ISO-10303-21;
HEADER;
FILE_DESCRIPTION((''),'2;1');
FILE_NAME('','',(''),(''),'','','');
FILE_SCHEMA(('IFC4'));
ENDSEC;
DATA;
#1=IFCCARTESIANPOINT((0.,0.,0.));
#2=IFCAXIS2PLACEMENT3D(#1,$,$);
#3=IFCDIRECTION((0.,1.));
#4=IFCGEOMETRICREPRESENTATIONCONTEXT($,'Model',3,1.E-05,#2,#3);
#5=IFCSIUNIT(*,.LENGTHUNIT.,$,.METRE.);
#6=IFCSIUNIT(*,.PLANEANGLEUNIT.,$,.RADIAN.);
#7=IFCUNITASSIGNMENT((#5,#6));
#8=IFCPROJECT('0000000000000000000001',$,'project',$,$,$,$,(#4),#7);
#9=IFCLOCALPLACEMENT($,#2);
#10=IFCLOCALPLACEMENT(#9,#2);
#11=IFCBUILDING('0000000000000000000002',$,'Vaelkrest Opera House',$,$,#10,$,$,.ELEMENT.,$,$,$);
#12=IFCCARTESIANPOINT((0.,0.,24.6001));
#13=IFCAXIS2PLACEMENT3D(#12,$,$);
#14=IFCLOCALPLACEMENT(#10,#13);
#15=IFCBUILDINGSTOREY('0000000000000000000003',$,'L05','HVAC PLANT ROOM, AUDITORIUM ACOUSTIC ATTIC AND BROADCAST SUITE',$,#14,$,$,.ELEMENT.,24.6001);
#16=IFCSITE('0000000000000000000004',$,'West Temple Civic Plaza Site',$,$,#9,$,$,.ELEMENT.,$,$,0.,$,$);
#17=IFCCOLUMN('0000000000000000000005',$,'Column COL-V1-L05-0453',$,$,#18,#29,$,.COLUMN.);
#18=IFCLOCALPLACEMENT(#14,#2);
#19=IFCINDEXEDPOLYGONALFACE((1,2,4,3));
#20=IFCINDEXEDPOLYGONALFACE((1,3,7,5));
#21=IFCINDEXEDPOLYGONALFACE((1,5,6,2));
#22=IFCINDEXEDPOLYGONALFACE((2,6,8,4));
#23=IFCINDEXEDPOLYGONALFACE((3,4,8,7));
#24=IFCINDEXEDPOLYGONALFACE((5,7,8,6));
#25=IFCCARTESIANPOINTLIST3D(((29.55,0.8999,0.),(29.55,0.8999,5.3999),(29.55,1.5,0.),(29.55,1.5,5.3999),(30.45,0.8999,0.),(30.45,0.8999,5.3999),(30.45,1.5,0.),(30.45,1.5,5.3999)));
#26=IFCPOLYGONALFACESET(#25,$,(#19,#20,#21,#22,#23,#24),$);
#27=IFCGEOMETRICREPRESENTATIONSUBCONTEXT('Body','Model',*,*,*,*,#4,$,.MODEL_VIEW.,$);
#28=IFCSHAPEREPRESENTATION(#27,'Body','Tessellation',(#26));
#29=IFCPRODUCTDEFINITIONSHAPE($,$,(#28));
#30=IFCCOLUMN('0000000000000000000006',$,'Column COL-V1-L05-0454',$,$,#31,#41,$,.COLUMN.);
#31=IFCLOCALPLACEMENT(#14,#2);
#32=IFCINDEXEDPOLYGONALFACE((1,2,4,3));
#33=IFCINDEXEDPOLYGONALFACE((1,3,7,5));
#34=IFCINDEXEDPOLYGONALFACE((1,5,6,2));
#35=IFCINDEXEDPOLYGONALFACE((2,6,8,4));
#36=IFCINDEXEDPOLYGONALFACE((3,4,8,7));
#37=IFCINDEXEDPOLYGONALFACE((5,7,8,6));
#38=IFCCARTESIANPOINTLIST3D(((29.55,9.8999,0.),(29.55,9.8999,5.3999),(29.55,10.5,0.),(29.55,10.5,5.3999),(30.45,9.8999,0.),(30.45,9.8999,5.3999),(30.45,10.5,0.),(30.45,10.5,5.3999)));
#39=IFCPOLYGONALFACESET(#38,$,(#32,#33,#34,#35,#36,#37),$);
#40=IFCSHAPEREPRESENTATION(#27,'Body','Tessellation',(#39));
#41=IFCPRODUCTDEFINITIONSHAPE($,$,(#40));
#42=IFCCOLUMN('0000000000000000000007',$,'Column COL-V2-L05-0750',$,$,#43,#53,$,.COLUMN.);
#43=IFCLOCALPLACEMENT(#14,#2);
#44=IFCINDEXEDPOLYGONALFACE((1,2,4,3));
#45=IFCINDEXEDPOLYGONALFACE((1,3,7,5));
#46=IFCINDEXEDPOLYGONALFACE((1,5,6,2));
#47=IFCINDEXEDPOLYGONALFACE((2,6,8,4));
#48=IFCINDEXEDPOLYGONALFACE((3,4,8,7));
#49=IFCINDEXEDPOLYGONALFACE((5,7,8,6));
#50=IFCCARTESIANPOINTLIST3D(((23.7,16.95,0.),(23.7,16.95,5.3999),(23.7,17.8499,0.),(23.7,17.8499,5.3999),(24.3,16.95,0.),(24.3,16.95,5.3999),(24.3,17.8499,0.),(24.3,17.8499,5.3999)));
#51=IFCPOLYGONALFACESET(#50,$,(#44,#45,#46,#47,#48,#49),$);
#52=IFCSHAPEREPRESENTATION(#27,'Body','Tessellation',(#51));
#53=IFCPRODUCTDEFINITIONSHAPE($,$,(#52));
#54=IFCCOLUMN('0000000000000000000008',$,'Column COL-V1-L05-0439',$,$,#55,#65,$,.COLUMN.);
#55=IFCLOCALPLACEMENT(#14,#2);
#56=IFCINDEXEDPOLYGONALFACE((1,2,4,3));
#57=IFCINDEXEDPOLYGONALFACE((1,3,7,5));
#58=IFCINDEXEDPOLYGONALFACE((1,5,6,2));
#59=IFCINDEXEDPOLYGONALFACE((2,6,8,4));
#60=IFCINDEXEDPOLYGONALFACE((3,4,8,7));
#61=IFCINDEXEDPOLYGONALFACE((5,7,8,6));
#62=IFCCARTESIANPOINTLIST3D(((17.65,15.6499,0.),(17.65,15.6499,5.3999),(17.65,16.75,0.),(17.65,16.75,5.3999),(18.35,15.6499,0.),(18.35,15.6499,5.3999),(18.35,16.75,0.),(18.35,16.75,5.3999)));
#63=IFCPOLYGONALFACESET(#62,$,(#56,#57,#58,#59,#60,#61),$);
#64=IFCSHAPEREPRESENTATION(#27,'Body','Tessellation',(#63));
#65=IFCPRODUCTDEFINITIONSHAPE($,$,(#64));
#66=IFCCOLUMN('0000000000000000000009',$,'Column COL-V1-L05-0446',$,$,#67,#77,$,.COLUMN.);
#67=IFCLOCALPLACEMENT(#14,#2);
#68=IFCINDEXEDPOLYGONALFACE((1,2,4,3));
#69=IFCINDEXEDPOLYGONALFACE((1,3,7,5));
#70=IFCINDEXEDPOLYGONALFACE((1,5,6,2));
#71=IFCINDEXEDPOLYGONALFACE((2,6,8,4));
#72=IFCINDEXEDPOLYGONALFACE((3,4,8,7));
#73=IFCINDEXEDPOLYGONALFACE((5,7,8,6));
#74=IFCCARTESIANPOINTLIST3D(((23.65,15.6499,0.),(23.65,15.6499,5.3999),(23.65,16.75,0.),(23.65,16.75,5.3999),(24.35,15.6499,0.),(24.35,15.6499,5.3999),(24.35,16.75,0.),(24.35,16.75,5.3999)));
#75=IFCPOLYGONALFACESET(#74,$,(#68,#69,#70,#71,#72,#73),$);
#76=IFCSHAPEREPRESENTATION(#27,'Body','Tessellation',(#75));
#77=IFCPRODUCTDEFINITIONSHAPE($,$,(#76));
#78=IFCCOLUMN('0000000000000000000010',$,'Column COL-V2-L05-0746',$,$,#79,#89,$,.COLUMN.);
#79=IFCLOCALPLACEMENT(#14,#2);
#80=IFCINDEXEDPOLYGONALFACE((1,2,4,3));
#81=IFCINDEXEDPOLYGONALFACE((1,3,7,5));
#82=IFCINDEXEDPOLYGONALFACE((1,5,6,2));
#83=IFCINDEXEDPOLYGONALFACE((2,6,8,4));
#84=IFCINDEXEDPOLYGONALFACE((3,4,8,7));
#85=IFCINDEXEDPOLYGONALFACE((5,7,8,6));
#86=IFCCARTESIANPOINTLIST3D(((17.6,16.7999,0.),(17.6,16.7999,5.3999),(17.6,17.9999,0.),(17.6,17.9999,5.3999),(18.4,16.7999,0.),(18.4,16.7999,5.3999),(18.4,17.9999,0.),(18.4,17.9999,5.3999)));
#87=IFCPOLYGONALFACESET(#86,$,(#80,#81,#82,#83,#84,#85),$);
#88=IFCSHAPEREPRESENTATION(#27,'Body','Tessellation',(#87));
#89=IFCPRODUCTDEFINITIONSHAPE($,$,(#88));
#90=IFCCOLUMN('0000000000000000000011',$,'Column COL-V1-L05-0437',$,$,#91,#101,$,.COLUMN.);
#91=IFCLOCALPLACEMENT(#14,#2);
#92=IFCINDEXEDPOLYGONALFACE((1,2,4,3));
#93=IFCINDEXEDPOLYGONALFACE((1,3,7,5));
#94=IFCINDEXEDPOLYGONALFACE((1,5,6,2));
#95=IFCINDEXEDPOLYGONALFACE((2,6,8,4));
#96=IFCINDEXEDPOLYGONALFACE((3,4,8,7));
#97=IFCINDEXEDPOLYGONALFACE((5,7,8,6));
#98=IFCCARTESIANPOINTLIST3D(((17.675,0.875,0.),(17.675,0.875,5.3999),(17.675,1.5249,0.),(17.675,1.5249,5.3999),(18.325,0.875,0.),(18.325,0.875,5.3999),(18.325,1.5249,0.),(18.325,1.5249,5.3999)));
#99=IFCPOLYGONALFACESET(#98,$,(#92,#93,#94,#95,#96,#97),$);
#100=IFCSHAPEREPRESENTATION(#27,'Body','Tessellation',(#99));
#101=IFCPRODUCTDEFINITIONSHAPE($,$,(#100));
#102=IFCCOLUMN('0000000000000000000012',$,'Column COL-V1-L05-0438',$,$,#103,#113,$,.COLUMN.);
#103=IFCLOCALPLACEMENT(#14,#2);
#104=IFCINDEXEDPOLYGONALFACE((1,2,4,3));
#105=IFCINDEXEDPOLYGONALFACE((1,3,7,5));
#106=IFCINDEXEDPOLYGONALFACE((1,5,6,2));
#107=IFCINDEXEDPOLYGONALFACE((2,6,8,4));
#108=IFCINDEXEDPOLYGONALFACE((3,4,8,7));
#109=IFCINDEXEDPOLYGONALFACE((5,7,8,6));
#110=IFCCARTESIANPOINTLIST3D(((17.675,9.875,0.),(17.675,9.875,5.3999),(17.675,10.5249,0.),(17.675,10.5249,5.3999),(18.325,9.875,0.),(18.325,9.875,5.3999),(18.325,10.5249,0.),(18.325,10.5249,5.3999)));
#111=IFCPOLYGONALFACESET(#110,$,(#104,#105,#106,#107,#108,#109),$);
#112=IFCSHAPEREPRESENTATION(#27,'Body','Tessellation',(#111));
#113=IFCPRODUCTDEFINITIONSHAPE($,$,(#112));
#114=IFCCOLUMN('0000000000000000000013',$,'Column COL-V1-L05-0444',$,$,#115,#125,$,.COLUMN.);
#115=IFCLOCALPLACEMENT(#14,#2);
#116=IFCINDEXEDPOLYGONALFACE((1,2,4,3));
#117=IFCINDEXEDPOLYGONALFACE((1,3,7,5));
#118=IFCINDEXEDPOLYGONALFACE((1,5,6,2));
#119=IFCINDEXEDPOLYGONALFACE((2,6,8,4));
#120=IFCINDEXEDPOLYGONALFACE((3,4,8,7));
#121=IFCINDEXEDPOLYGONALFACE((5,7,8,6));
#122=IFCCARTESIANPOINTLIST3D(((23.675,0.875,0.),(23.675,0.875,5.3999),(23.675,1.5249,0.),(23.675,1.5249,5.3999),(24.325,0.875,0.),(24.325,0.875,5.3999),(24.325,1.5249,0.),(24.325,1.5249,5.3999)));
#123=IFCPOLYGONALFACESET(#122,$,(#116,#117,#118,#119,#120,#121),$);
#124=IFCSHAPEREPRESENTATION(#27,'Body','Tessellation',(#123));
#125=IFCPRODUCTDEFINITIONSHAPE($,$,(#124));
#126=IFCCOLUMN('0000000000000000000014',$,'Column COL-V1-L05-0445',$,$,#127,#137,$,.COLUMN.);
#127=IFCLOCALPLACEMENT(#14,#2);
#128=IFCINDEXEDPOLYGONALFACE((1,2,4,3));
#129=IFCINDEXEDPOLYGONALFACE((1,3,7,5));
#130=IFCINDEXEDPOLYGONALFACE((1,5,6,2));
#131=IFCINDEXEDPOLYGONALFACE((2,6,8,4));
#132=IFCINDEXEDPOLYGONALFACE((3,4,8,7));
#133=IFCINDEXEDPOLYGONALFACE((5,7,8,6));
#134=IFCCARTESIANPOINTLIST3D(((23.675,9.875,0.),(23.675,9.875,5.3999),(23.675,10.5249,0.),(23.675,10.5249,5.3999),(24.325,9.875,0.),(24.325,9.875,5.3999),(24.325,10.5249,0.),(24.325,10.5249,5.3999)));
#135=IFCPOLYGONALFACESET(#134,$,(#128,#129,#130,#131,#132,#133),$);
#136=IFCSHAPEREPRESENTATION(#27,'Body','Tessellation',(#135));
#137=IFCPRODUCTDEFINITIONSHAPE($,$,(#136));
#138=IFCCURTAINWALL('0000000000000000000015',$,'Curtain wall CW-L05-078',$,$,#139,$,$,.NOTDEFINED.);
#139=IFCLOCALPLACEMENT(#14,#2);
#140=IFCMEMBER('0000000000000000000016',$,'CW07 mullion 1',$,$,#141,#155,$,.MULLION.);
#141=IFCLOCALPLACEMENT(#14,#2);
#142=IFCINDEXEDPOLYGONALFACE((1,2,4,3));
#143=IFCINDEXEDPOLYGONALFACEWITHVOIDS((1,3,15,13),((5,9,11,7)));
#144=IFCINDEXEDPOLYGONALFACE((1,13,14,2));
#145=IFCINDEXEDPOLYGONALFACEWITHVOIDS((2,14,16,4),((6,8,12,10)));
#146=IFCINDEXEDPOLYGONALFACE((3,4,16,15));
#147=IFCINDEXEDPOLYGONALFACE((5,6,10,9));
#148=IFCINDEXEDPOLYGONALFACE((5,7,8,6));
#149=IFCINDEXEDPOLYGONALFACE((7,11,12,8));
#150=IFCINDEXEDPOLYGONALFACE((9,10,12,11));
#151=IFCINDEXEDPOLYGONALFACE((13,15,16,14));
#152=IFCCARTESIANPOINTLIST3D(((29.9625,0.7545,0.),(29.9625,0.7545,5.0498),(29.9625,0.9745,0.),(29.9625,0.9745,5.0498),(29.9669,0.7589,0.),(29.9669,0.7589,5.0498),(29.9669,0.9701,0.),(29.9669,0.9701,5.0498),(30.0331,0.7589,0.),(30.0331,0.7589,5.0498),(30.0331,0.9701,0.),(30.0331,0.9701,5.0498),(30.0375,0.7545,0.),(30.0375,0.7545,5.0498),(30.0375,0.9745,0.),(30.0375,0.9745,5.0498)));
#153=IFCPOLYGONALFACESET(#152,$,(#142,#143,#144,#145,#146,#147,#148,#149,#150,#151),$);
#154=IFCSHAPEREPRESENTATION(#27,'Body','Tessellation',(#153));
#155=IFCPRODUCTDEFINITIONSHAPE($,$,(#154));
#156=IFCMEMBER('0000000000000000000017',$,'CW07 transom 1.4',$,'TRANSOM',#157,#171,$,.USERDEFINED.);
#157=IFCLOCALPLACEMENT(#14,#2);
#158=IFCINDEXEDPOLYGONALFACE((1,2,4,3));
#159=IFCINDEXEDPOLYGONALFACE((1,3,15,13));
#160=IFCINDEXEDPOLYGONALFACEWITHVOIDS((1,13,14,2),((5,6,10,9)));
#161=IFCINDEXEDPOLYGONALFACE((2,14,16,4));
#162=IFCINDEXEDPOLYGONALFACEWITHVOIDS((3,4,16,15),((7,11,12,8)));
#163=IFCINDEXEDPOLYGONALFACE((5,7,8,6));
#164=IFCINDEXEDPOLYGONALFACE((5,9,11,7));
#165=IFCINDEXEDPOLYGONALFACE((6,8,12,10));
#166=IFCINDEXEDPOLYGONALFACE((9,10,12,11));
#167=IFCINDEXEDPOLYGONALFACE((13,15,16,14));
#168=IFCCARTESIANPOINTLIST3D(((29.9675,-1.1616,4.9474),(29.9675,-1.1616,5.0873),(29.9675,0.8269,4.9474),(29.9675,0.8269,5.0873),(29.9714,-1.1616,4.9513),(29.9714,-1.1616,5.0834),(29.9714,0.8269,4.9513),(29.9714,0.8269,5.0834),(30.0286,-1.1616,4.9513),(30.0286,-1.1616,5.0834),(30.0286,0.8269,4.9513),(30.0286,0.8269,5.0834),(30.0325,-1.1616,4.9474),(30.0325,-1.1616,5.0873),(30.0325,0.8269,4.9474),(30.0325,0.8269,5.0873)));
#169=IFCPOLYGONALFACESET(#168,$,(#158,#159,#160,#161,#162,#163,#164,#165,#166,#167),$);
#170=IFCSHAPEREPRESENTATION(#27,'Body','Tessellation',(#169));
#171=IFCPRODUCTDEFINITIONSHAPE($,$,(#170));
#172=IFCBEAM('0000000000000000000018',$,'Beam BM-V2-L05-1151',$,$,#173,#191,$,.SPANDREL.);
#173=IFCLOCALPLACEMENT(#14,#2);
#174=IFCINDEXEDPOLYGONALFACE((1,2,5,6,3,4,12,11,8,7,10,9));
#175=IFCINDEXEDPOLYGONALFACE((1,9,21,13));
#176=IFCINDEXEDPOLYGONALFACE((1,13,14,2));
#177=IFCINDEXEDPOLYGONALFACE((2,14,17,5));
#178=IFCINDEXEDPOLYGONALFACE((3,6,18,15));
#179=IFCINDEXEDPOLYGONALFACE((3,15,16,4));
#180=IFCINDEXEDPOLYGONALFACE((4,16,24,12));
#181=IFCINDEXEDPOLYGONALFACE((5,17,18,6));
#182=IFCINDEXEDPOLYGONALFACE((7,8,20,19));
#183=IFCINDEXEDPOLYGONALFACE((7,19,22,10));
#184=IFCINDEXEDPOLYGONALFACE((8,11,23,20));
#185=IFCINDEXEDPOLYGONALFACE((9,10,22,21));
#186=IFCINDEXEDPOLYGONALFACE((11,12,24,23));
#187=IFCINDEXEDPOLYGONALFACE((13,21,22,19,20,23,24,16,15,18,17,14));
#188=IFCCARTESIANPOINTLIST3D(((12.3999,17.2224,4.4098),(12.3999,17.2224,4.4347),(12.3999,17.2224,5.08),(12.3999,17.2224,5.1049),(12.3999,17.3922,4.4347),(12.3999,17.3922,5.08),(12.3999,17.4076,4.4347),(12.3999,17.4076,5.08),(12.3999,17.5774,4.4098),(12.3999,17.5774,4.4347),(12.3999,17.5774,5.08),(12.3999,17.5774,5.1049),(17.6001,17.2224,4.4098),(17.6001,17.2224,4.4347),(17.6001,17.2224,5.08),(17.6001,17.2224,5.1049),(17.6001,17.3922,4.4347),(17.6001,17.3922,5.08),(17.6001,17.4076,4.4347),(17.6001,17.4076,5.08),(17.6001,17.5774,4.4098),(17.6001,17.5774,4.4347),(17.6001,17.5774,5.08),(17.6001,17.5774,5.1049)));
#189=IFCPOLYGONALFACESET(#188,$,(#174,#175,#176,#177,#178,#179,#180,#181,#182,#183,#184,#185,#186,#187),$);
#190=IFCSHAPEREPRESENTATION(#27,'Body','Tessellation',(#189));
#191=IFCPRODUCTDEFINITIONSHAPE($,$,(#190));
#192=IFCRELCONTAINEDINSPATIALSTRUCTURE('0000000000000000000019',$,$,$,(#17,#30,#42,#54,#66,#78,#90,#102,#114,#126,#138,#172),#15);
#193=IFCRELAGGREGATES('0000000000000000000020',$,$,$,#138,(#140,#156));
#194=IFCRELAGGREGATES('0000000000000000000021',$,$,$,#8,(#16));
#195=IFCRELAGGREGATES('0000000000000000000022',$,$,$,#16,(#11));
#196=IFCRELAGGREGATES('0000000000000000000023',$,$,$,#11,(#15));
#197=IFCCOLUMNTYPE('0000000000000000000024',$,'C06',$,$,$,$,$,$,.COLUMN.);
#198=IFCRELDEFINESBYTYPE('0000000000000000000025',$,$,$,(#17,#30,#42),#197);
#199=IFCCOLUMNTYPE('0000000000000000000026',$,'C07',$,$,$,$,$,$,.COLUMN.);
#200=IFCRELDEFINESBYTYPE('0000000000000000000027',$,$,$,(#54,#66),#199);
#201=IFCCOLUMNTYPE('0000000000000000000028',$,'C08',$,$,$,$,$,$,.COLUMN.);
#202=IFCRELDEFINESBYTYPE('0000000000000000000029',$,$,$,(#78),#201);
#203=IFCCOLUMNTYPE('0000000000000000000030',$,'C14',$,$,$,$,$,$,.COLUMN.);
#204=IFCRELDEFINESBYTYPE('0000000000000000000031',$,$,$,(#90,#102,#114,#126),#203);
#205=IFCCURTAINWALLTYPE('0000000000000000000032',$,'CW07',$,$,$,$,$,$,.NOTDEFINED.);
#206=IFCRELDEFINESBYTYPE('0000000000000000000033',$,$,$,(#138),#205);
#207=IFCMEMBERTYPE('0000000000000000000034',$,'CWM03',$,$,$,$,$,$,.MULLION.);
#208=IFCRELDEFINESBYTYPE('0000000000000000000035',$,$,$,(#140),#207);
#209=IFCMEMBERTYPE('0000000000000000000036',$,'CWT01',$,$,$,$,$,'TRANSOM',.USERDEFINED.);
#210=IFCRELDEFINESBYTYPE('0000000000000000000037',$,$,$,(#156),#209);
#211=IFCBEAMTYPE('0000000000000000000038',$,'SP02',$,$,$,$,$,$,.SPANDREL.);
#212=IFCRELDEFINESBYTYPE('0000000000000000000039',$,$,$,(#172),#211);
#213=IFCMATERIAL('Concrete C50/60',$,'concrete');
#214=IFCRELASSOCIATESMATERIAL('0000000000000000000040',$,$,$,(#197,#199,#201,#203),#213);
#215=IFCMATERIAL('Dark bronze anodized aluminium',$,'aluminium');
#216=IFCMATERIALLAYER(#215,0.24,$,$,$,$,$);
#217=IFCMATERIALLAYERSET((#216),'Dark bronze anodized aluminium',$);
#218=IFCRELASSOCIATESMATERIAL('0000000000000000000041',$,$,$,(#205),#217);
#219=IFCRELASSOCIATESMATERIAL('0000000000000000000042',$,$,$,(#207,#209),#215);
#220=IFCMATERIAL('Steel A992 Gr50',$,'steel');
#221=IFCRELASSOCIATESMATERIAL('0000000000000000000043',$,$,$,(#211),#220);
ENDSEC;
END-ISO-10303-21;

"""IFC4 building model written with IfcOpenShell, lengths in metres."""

from ifc_helpers import new_model, si_unit, direction, frame, origin, origin_2d, place, context, subcontext, project, spatial, rectangle, hollow_rectangle, i_section, extrude, material, layer, layer_set, material_profile, profile_set, type_object, element, aggregate, save


model = new_model("IFC4")

# Units and contexts
model_context = context("Model", 3, precision=1e-05, world=origin(), true_north=direction((0.0, 1.0)))
body_context = subcontext(model_context, "Body", "Model", "MODEL_VIEW")
ifc_project = project(units=[si_unit("LENGTHUNIT", "METRE"), si_unit("PLANEANGLEUNIT", "RADIAN")], contexts=[model_context])

# Site, building, storey
site_placement = place(None, origin())
site = spatial("IfcSite", under=ifc_project, at=site_placement, Name="West Temple Civic Plaza Site", CompositionType="ELEMENT", RefElevation=0.0)
building_placement = place(site_placement, origin())
building = spatial("IfcBuilding", under=site, at=building_placement, Name="Vaelkrest Opera House", CompositionType="ELEMENT")
storey_placement = place(building_placement, frame((0.0, 0.0, 24.6001)))
storey = spatial("IfcBuildingStorey", under=building, at=storey_placement, Name="L05", Description="HVAC PLANT ROOM, AUDITORIUM ACOUSTIC ATTIC AND BROADCAST SUITE", CompositionType="ELEMENT", Elevation=24.6001)

# Columns
ifc_material_1 = material(Name="Concrete C50/60", Category="concrete")
ifc_material_profile_1 = material_profile(ifc_material_1, rectangle(XDim=0.6001, YDim=0.8999, at=origin_2d()), Name="RC600X900")
ifc_profile_set_1 = profile_set([ifc_material_profile_1], Name="Concrete C50/60")
column_type_1 = type_object("IfcColumnType", Name="C06", PredefinedType="COLUMN", material=ifc_profile_set_1)
for number, where, z_axis, x_axis, name in (
    (1, (30.0, 1.2, 0.0), (0.0, 0.0, 1.0), (0.0, 1.0, 0.0), "Column COL-V1-L05-0453"),
    (2, (30.0, 10.2, 0.0), (0.0, 0.0, 1.0), (0.0, 1.0, 0.0), "Column COL-V1-L05-0454"),
    (3, (24.0, 17.3999, 0.0), (0.0, 0.0, 1.0), (1.0, 0.0, 0.0), "Column COL-V2-L05-0750"),
):
    element("IfcColumn", number, at=place(storey_placement, frame(where, z_axis=z_axis, x_axis=x_axis)), inside=storey, type_object=column_type_1, Name=name, PredefinedType="COLUMN", context=body_context, shape_type="SweptSolid", body=[
        extrude(rectangle(XDim=0.6001, YDim=0.8999, at=origin_2d()), origin(), (0.0, 0.0, 1.0), 5.3999),
    ])
ifc_material_profile_2 = material_profile(ifc_material_1, rectangle(XDim=0.7, YDim=1.1001, at=origin_2d()), Name="RC700X1100")
ifc_profile_set_2 = profile_set([ifc_material_profile_2], Name="Concrete C50/60")
column_type_2 = type_object("IfcColumnType", Name="C07", PredefinedType="COLUMN", material=ifc_profile_set_2)
for number, where, z_axis, x_axis, name in (
    (4, (18.0, 16.2, 0.0), (0.0, 0.0, 1.0), (1.0, 0.0, 0.0), "Column COL-V1-L05-0439"),
    (5, (24.0, 16.2, 0.0), (0.0, 0.0, 1.0), (1.0, 0.0, 0.0), "Column COL-V1-L05-0446"),
):
    element("IfcColumn", number, at=place(storey_placement, frame(where, z_axis=z_axis, x_axis=x_axis)), inside=storey, type_object=column_type_2, Name=name, PredefinedType="COLUMN", context=body_context, shape_type="SweptSolid", body=[
        extrude(rectangle(XDim=0.7, YDim=1.1001, at=origin_2d()), origin(), (0.0, 0.0, 1.0), 5.3999),
    ])
ifc_material_profile_3 = material_profile(ifc_material_1, rectangle(XDim=0.8, YDim=1.2, at=origin_2d()), Name="RC800X1200")
ifc_profile_set_3 = profile_set([ifc_material_profile_3], Name="Concrete C50/60")
column_type_3 = type_object("IfcColumnType", Name="C08", PredefinedType="COLUMN", material=ifc_profile_set_3)
column_placement = place(storey_placement, frame((18.0, 17.3999, 0.0), z_axis=(0.0, 0.0, 1.0), x_axis=(1.0, 0.0, 0.0)))
element("IfcColumn", 6, at=column_placement, inside=storey, type_object=column_type_3, Name="Column COL-V2-L05-0746", PredefinedType="COLUMN", context=body_context, shape_type="SweptSolid", body=[
    extrude(rectangle(XDim=0.8, YDim=1.2, at=origin_2d()), origin(), (0.0, 0.0, 1.0), 5.3999),
])
ifc_material_profile_4 = material_profile(ifc_material_1, rectangle(XDim=0.6499, YDim=0.6499, at=origin_2d()), Name="RC650X650")
ifc_profile_set_4 = profile_set([ifc_material_profile_4], Name="Concrete C50/60")
column_type_4 = type_object("IfcColumnType", Name="C14", PredefinedType="COLUMN", material=ifc_profile_set_4)
for number, where, z_axis, x_axis, name in (
    (7, (18.0, 1.2, 0.0), (0.0, 0.0, 1.0), (1.0, 0.0, 0.0), "Column COL-V1-L05-0437"),
    (8, (18.0, 10.2, 0.0), (0.0, 0.0, 1.0), (1.0, 0.0, 0.0), "Column COL-V1-L05-0438"),
    (9, (24.0, 1.2, 0.0), (0.0, 0.0, 1.0), (1.0, 0.0, 0.0), "Column COL-V1-L05-0444"),
    (10, (24.0, 10.2, 0.0), (0.0, 0.0, 1.0), (1.0, 0.0, 0.0), "Column COL-V1-L05-0445"),
):
    element("IfcColumn", number, at=place(storey_placement, frame(where, z_axis=z_axis, x_axis=x_axis)), inside=storey, type_object=column_type_4, Name=name, PredefinedType="COLUMN", context=body_context, shape_type="SweptSolid", body=[
        extrude(rectangle(XDim=0.6499, YDim=0.6499, at=origin_2d()), origin(), (0.0, 0.0, 1.0), 5.3999),
    ])

# Curtain wall, members
ifc_material_2 = material(Name="Dark bronze anodized aluminium", Category="aluminium")
ifc_layer_1 = layer(ifc_material_2, 0.24)
ifc_layer_set_1 = layer_set([ifc_layer_1], Name="Dark bronze anodized aluminium")
curtain_wall_type = type_object("IfcCurtainWallType", Name="CW07", PredefinedType="NOTDEFINED", material=ifc_layer_set_1)
curtain_wall_placement = place(storey_placement, origin())
curtain_wall = element("IfcCurtainWall", 11, at=curtain_wall_placement, inside=storey, type_object=curtain_wall_type, Name="Curtain wall CW-L05-078", PredefinedType="NOTDEFINED")
ifc_material_profile_5 = material_profile(ifc_material_2, hollow_rectangle(XDim=0.075, YDim=0.22, WallThickness=0.0044, at=origin_2d()), Name="CWM75X220")
ifc_profile_set_5 = profile_set([ifc_material_profile_5], Name="Dark bronze anodized aluminium")
member_type_1 = type_object("IfcMemberType", Name="CWM03", PredefinedType="MULLION", material=ifc_profile_set_5)
member_1_placement = place(storey_placement, frame((30.0, 0.8645, 0.0), z_axis=(0.0, 0.0, 1.0), x_axis=(1.0, 0.0, 0.0)))
member_1 = element("IfcMember", 12, at=member_1_placement, type_object=member_type_1, Name="CW07 mullion 1", PredefinedType="MULLION", context=body_context, shape_type="SweptSolid", body=[
    extrude(hollow_rectangle(XDim=0.075, YDim=0.22, WallThickness=0.0044, at=origin_2d()), origin(), (0.0, 0.0, 1.0), 5.0498),
])
ifc_material_profile_6 = material_profile(ifc_material_2, hollow_rectangle(XDim=0.0649, YDim=0.1399, WallThickness=0.0039, at=origin_2d()), Name="CWT65X140")
ifc_profile_set_6 = profile_set([ifc_material_profile_6], Name="Dark bronze anodized aluminium")
member_type_2 = type_object("IfcMemberType", Name="CWT01", ElementType="TRANSOM", PredefinedType="USERDEFINED", material=ifc_profile_set_6)
member_2_placement = place(storey_placement, frame((30.0, 0.8269, 5.0173), z_axis=(0.0, -1.0, 0.0), x_axis=(1.0, 0.0, 0.0)))
member_2 = element("IfcMember", 13, at=member_2_placement, type_object=member_type_2, Name="CW07 transom 1.4", ObjectType="TRANSOM", PredefinedType="USERDEFINED", context=body_context, shape_type="SweptSolid", body=[
    extrude(hollow_rectangle(XDim=0.0649, YDim=0.1399, WallThickness=0.0039, at=origin_2d()), origin(), (0.0, 0.0, 1.0), 1.9885),
])
aggregate(curtain_wall, [member_1, member_2])

# Beam
ifc_material_3 = material(Name="Steel A992 Gr50", Category="steel")
ifc_material_profile_7 = material_profile(ifc_material_3, i_section(OverallWidth=0.355, OverallDepth=0.6951, WebThickness=0.0154, FlangeThickness=0.0249, at=origin_2d()), Name="W27X146")
ifc_profile_set_7 = profile_set([ifc_material_profile_7], Name="Steel A992 Gr50")
beam_type_1 = type_object("IfcBeamType", Name="SP02", PredefinedType="SPANDREL", material=ifc_profile_set_7)
beam_1_placement = place(storey_placement, frame((12.3999, 17.3999, 4.7573), z_axis=(1.0, 0.0, 0.0), x_axis=(0.0, 1.0, 0.0)))
element("IfcBeam", 14, at=beam_1_placement, inside=storey, type_object=beam_type_1, Name="Beam BM-V2-L05-1151", PredefinedType="SPANDREL", context=body_context, shape_type="SweptSolid", body=[
    extrude(i_section(OverallWidth=0.355, OverallDepth=0.6951, WebThickness=0.0154, FlangeThickness=0.0249, at=origin_2d()), origin(), (0.0, 0.0, 1.0), 5.2002),
])

save(model, "model.ifc")
